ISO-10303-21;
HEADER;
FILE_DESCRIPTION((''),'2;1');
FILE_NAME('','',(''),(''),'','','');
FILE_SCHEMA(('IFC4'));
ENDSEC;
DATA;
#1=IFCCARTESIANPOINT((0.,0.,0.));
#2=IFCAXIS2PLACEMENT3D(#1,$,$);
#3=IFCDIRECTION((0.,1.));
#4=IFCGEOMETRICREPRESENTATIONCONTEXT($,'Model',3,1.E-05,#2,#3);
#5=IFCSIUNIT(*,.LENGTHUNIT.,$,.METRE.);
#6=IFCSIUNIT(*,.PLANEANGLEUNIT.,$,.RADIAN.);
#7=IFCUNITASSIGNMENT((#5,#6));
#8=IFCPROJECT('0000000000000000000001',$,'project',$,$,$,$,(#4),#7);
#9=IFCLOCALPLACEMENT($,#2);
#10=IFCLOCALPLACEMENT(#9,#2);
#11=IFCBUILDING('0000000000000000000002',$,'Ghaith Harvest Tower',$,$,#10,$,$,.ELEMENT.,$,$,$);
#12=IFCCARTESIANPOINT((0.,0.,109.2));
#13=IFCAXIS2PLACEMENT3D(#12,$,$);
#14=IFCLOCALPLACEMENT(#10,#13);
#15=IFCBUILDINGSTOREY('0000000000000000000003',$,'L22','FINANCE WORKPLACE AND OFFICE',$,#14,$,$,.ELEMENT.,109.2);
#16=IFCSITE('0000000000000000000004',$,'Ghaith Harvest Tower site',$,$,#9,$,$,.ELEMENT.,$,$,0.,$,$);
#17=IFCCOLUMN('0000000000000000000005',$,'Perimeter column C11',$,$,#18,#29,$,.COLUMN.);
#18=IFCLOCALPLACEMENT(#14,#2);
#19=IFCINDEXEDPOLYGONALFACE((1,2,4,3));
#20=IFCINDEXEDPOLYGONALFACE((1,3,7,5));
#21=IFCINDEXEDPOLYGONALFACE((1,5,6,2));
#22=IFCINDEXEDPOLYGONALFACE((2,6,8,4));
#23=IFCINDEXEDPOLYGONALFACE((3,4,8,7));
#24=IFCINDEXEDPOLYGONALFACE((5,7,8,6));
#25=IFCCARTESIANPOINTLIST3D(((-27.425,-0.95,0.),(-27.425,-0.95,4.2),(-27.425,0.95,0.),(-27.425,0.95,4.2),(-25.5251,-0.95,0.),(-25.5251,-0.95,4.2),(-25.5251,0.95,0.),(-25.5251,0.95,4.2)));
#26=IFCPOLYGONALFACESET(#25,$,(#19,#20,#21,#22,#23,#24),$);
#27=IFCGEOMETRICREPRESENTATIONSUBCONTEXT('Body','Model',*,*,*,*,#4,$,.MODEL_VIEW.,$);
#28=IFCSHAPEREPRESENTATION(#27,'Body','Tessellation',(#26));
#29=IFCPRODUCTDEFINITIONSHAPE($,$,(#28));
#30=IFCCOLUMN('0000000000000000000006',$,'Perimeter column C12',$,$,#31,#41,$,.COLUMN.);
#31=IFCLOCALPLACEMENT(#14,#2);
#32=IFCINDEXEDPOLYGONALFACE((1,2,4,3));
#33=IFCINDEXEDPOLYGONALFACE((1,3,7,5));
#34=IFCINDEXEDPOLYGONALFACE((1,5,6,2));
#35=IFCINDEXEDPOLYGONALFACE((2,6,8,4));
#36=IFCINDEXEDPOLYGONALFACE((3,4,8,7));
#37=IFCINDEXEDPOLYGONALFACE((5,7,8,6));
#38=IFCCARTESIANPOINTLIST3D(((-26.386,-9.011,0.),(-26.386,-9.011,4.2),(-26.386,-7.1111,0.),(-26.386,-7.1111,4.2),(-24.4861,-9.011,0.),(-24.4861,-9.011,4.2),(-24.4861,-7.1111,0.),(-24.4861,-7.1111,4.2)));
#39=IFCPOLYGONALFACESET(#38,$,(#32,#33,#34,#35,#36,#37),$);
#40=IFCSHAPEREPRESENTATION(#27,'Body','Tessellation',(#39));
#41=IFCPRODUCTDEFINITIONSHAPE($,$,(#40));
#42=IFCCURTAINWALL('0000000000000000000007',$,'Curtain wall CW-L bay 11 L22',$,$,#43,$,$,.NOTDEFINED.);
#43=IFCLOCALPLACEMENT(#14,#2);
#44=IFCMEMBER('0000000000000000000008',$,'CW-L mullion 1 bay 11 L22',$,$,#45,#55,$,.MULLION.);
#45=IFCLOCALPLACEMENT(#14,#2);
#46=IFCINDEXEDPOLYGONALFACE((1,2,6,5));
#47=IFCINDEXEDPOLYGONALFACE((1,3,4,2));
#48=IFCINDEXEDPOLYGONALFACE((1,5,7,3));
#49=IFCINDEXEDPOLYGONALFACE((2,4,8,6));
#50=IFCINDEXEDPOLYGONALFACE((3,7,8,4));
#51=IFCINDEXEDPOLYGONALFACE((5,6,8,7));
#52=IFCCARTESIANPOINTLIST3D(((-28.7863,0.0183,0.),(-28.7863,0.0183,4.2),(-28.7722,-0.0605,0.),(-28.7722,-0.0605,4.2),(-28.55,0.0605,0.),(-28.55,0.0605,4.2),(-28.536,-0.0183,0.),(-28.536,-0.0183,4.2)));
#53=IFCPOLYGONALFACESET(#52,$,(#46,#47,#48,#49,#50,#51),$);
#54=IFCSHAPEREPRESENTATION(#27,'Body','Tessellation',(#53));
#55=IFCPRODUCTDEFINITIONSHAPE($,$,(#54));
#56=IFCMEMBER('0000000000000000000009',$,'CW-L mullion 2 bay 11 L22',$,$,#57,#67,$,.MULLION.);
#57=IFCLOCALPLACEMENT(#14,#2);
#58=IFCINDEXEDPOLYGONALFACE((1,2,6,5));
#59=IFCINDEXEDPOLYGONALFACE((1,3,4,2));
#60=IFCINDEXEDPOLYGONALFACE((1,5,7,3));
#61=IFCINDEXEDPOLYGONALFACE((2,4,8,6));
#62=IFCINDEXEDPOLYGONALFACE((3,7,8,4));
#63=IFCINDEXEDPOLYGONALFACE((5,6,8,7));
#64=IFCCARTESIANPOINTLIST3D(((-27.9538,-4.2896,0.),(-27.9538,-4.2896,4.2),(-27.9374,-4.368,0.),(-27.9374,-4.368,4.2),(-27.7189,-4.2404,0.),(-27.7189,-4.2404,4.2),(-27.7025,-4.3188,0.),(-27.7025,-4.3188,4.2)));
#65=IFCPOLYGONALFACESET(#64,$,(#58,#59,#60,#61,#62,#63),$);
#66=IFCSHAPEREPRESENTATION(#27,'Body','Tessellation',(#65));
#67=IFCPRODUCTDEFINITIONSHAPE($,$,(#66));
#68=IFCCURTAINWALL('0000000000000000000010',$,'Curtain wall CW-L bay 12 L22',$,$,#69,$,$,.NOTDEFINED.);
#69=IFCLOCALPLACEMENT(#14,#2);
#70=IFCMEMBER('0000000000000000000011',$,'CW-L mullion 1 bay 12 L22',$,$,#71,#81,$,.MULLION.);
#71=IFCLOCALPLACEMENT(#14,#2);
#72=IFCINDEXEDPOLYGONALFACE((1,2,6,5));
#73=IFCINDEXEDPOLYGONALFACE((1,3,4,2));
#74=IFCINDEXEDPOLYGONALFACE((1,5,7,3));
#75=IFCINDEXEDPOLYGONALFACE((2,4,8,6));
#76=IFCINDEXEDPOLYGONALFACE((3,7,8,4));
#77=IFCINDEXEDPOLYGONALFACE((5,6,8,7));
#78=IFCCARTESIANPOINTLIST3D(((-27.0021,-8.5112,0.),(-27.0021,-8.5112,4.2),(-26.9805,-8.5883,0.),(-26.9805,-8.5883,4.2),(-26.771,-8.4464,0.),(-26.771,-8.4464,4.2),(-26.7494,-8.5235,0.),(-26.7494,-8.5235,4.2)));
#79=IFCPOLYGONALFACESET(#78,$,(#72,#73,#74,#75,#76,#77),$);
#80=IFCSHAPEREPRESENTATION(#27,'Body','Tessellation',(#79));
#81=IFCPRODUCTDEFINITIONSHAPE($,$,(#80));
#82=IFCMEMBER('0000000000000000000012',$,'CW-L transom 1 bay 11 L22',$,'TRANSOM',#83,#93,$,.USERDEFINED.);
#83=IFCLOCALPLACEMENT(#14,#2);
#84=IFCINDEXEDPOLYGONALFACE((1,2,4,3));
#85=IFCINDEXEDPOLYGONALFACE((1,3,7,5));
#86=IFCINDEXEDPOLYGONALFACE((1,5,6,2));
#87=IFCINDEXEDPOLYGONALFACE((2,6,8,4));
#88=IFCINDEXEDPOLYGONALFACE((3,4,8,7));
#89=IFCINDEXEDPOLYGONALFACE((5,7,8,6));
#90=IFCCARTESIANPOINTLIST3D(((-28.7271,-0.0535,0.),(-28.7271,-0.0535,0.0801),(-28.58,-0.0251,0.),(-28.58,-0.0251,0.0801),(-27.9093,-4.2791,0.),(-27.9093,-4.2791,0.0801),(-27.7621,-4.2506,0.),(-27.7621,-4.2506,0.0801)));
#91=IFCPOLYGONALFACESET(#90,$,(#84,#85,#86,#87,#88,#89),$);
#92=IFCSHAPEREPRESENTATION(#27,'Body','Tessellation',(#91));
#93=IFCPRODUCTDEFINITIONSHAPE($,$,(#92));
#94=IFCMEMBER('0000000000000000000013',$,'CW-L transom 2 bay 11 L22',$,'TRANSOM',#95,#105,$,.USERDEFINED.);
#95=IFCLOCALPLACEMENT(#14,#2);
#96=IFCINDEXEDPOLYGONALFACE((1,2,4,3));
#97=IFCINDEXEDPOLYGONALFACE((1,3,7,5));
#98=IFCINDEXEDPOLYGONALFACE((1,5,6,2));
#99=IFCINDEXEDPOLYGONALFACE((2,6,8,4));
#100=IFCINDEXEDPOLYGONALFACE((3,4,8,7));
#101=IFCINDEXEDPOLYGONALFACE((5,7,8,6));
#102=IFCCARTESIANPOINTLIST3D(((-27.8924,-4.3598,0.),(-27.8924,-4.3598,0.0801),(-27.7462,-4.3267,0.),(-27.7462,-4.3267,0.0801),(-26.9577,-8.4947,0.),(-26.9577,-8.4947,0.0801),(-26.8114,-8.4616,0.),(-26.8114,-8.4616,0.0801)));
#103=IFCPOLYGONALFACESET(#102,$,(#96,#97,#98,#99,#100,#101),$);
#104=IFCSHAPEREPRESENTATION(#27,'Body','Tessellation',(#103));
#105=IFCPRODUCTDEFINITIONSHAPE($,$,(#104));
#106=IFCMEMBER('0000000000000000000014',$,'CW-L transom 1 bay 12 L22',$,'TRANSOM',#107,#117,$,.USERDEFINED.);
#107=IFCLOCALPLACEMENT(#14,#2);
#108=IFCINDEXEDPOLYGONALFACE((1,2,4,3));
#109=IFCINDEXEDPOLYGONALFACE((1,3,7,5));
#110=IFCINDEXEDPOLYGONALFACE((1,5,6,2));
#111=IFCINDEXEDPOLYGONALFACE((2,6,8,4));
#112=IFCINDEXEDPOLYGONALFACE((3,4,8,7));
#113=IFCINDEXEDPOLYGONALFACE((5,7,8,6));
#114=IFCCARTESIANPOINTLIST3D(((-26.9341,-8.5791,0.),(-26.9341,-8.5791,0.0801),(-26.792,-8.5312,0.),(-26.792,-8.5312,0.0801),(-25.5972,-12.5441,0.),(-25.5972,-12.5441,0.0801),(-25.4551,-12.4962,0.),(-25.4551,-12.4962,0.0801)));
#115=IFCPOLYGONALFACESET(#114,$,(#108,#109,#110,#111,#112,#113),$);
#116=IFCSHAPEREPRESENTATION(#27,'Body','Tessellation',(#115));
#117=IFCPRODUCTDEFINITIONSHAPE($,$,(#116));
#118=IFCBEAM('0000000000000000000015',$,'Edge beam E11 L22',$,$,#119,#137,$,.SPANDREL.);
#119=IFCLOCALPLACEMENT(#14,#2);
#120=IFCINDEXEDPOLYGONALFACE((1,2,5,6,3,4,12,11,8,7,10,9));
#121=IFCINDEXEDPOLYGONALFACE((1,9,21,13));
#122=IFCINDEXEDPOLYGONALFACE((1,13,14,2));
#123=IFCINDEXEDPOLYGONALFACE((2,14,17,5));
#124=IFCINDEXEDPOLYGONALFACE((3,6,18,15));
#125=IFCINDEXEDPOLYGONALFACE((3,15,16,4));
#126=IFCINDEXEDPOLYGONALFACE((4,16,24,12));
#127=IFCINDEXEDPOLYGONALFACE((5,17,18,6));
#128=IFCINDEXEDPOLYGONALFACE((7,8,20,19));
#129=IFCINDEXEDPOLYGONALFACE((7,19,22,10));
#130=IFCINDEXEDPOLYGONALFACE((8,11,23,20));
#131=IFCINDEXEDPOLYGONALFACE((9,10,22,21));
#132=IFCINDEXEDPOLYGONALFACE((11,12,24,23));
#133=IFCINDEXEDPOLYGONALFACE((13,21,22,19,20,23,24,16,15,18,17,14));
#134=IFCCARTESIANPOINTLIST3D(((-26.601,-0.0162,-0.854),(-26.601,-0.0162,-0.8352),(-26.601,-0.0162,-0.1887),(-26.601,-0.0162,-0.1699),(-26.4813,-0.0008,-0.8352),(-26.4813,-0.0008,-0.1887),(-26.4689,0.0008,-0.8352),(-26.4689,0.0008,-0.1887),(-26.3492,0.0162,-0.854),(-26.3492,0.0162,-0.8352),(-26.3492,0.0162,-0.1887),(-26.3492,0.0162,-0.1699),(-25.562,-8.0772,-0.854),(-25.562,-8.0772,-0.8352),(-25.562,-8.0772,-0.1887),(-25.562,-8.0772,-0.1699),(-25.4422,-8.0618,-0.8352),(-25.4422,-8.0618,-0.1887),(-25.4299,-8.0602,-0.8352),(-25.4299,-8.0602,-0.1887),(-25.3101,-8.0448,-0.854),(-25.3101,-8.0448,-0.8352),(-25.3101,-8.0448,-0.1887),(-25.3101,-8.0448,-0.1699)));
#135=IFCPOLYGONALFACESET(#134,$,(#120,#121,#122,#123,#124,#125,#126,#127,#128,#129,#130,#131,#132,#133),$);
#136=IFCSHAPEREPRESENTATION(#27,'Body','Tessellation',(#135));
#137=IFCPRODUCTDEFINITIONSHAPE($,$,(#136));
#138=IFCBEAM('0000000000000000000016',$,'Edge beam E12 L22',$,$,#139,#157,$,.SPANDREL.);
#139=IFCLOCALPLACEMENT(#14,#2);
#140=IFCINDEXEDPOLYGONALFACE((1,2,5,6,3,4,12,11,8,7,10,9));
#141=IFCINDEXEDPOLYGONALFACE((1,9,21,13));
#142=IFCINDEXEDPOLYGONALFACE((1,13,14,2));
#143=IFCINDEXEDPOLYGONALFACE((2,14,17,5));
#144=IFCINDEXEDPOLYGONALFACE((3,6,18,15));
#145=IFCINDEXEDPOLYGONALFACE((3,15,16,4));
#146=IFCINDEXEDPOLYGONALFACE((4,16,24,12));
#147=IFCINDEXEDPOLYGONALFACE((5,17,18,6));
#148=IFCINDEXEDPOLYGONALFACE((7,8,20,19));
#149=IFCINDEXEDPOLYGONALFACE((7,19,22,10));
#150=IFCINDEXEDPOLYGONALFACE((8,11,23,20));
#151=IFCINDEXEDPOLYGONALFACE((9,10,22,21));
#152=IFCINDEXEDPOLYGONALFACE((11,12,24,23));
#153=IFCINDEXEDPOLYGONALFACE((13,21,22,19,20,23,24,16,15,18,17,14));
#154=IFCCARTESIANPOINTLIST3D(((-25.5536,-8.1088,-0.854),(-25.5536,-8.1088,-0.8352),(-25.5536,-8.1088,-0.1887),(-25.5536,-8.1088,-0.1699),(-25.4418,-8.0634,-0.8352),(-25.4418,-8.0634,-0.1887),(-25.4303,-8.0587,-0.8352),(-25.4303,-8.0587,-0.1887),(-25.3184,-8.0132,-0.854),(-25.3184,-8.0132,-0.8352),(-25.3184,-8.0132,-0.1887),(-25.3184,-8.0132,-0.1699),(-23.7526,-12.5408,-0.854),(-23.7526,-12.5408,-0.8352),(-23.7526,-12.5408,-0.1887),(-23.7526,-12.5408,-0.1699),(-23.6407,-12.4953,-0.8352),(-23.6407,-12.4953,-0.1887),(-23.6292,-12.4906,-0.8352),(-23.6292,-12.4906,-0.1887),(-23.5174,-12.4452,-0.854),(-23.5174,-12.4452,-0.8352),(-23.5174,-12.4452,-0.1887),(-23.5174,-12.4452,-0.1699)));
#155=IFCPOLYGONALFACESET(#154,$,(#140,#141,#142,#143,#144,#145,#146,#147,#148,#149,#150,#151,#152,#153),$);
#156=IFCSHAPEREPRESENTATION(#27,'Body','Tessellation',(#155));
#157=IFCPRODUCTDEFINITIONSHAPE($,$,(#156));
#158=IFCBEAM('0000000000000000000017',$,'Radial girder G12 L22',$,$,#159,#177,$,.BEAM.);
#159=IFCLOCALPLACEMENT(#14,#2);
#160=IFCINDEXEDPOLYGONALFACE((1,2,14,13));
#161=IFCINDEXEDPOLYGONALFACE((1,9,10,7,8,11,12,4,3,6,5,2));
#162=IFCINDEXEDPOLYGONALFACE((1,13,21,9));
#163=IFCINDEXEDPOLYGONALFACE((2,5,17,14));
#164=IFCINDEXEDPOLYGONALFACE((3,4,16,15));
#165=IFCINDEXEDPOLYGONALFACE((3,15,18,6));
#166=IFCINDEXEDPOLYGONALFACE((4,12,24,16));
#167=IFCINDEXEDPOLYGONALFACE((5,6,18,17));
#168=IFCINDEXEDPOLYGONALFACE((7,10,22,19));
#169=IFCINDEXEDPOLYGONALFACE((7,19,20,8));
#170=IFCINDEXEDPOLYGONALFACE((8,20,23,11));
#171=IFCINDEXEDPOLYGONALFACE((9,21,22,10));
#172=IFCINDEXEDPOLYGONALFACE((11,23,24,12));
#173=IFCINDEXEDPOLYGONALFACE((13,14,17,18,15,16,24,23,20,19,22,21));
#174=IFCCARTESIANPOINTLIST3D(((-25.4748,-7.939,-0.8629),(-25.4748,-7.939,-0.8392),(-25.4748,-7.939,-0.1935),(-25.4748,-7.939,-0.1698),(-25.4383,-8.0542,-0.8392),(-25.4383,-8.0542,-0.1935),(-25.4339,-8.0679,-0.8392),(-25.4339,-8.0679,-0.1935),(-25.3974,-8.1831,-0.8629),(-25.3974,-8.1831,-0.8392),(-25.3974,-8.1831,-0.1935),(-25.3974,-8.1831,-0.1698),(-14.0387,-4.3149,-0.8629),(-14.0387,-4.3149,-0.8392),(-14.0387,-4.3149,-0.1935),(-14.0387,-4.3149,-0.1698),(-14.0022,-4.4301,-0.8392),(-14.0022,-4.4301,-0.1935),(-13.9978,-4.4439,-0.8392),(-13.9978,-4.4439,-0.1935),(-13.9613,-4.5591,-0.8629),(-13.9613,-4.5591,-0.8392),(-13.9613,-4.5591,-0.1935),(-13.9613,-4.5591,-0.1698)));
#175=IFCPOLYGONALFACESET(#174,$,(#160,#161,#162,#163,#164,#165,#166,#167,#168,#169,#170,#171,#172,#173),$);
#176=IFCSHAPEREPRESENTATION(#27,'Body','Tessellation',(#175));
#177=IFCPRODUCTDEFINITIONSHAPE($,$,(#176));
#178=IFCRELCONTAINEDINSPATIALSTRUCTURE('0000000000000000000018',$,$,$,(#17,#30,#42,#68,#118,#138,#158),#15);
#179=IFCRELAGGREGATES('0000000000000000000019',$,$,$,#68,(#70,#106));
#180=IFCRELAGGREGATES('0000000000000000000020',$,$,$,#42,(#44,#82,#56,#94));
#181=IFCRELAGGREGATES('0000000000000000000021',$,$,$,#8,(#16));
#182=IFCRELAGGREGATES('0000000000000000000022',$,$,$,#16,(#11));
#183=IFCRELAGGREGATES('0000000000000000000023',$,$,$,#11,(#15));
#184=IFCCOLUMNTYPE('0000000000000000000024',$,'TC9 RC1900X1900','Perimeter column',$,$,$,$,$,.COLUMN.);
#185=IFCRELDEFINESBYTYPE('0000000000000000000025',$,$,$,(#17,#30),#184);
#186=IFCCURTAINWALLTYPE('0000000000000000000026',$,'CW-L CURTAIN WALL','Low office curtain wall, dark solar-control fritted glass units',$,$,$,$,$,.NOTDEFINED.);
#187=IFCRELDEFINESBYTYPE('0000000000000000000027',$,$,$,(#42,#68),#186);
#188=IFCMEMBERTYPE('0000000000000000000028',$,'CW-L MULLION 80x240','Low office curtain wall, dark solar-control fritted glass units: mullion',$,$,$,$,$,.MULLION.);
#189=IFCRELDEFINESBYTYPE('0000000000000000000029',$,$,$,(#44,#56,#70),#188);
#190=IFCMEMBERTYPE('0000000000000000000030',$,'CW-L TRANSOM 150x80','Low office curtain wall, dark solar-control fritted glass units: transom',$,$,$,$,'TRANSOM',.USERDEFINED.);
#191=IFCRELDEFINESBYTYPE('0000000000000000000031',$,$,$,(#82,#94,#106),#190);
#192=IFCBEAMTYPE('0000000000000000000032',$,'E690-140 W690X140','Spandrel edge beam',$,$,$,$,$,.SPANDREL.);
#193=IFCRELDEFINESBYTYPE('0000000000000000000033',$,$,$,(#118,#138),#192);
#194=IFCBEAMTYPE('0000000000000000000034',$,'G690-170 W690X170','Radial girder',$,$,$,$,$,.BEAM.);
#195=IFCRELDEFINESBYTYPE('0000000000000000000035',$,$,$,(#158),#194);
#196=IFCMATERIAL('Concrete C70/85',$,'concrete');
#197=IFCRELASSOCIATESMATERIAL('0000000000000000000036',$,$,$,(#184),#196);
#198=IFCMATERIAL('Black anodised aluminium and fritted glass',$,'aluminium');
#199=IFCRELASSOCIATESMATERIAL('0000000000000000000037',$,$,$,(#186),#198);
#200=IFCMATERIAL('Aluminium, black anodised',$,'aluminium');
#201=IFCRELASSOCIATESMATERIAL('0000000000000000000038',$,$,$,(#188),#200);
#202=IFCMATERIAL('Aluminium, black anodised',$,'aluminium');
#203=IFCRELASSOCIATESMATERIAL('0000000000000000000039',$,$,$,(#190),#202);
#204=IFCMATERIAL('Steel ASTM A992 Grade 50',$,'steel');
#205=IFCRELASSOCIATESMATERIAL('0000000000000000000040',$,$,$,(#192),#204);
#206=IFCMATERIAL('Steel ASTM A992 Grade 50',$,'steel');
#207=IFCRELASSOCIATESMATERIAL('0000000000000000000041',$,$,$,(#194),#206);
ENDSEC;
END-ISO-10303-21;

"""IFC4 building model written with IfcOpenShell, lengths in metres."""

from ifc_helpers import new_model, si_unit, direction, frame, origin, origin_2d, place, context, subcontext, project, spatial, rectangle, i_section, extrude, material, material_profile, profile_set, type_object, element, aggregate, save


model = new_model("IFC4")

# Units and contexts
model_context = context("Model", 3, precision=1e-05, world=origin(), true_north=direction((0.0, 1.0)))
body_context = subcontext(model_context, "Body", "Model", "MODEL_VIEW")
ifc_project = project(units=[si_unit("LENGTHUNIT", "METRE"), si_unit("PLANEANGLEUNIT", "RADIAN")], contexts=[model_context])

# Site, building, storey
site_placement = place(None, origin())
site = spatial("IfcSite", under=ifc_project, at=site_placement, Name="Ghaith Harvest Tower site", CompositionType="ELEMENT", RefElevation=0.0)
building_placement = place(site_placement, origin())
building = spatial("IfcBuilding", under=site, at=building_placement, Name="Ghaith Harvest Tower", CompositionType="ELEMENT")
storey_placement = place(building_placement, frame((0.0, 0.0, 109.2)))
storey = spatial("IfcBuildingStorey", under=building, at=storey_placement, Name="L22", Description="FINANCE WORKPLACE AND OFFICE", CompositionType="ELEMENT", Elevation=109.2)

# Columns
ifc_material_1 = material(Name="Concrete C70/85", Category="concrete")
ifc_material_profile_1 = material_profile(ifc_material_1, rectangle(XDim=1.8999, YDim=1.8999, at=origin_2d()), Name="RC1900X1900")
ifc_profile_set_1 = profile_set([ifc_material_profile_1], Name="Concrete C70/85")
column_type = type_object("IfcColumnType", Name="TC9 RC1900X1900", Description="Perimeter column", PredefinedType="COLUMN", material=ifc_profile_set_1)
for number, where, z_axis, x_axis, name in (
    (1, (-26.4751, 0.0, 0.0), (0.0, 0.0, 1.0), (1.0, 0.0, 0.0), "Perimeter column C11"),
    (2, (-25.436, -8.061, 0.0), (0.0, 0.0, 1.0), (1.0, 0.0, 0.0), "Perimeter column C12"),
):
    element("IfcColumn", number, at=place(storey_placement, frame(where, z_axis=z_axis, x_axis=x_axis)), inside=storey, type_object=column_type, Name=name, PredefinedType="COLUMN", context=body_context, shape_type="SweptSolid", body=[
        extrude(rectangle(XDim=1.8999, YDim=1.8999, at=origin_2d()), origin(), (0.0, 0.0, 1.0), 4.2),
    ])

# Curtain wall, members
ifc_material_2 = material(Name="Black anodised aluminium and fritted glass", Category="aluminium")
curtain_wall_type = type_object("IfcCurtainWallType", Name="CW-L CURTAIN WALL", Description="Low office curtain wall, dark solar-control fritted glass units", PredefinedType="NOTDEFINED", material=ifc_material_2)
curtain_wall_1_placement = place(storey_placement, origin())
curtain_wall_1 = element("IfcCurtainWall", 3, at=curtain_wall_1_placement, inside=storey, type_object=curtain_wall_type, Name="Curtain wall CW-L bay 11 L22", PredefinedType="NOTDEFINED")
ifc_material_3 = material(Name="Aluminium, black anodised", Category="aluminium")
ifc_material_profile_2 = material_profile(ifc_material_3, rectangle(XDim=0.0801, YDim=0.24, at=origin_2d()), Name="CW-L MULLION 80x240")
ifc_profile_set_2 = profile_set([ifc_material_profile_2], Name="Aluminium, black anodised")
member_type_1 = type_object("IfcMemberType", Name="CW-L MULLION 80x240", Description="Low office curtain wall, dark solar-control fritted glass units: mullion", PredefinedType="MULLION", material=ifc_profile_set_2)
member_1_placement = place(storey_placement, frame((-28.6611, 0.0, 0.0), z_axis=(0.0, 0.0, 1.0), x_axis=(0.175827, -0.984421, 0.0)))
member_1 = element("IfcMember", 4, at=member_1_placement, type_object=member_type_1, Name="CW-L mullion 1 bay 11 L22", PredefinedType="MULLION", context=body_context, shape_type="SweptSolid", body=[
    extrude(rectangle(XDim=0.0801, YDim=0.24, at=origin_2d()), origin(), (0.0, 0.0, 1.0), 4.2),
])
member_2_placement = place(storey_placement, frame((-27.8281, -4.3042, 0.0), z_axis=(0.0, 0.0, 1.0), x_axis=(0.205176, -0.978725, 0.0)))
member_2 = element("IfcMember", 5, at=member_2_placement, type_object=member_type_1, Name="CW-L mullion 2 bay 11 L22", PredefinedType="MULLION", context=body_context, shape_type="SweptSolid", body=[
    extrude(rectangle(XDim=0.0801, YDim=0.24, at=origin_2d()), origin(), (0.0, 0.0, 1.0), 4.2),
])

# Curtain wall, member
curtain_wall_2_placement = place(storey_placement, origin())
curtain_wall_2 = element("IfcCurtainWall", 6, at=curtain_wall_2_placement, inside=storey, type_object=curtain_wall_type, Name="Curtain wall CW-L bay 12 L22", PredefinedType="NOTDEFINED")
member_3_placement = place(storey_placement, frame((-26.8757, -8.5173, 0.0), z_axis=(0.0, 0.0, 1.0), x_axis=(0.270019, -0.962855, 0.0)))
member_3 = element("IfcMember", 7, at=member_3_placement, type_object=member_type_1, Name="CW-L mullion 1 bay 12 L22", PredefinedType="MULLION", context=body_context, shape_type="SweptSolid", body=[
    extrude(rectangle(XDim=0.0801, YDim=0.24, at=origin_2d()), origin(), (0.0, 0.0, 1.0), 4.2),
])

# Members
ifc_material_4 = material(Name="Aluminium, black anodised", Category="aluminium")
ifc_material_profile_3 = material_profile(ifc_material_4, rectangle(XDim=0.1499, YDim=0.0801, at=origin_2d()), Name="CW-L TRANSOM 150x80")
ifc_profile_set_3 = profile_set([ifc_material_profile_3], Name="Aluminium, black anodised")
member_type_2 = type_object("IfcMemberType", Name="CW-L TRANSOM 150x80", Description="Low office curtain wall, dark solar-control fritted glass units: transom", ElementType="TRANSOM", PredefinedType="USERDEFINED", material=ifc_profile_set_3)
member_4_placement = place(storey_placement, frame((-28.6536, -0.0393, 0.04), z_axis=(0.190025, -0.981779, 0.0), x_axis=(0.981779, 0.190025, 0.0)))
member_4 = element("IfcMember", 8, at=member_4_placement, type_object=member_type_2, Name="CW-L transom 1 bay 11 L22", ObjectType="TRANSOM", PredefinedType="USERDEFINED", context=body_context, shape_type="SweptSolid", body=[
    extrude(rectangle(XDim=0.1499, YDim=0.0801, at=origin_2d()), origin(), (0.0, 0.0, 1.0), 4.304),
])
member_5_placement = place(storey_placement, frame((-27.8193, -4.3433, 0.04), z_axis=(0.220508, -0.975385, 0.0), x_axis=(0.975385, 0.220508, 0.0)))
member_5 = element("IfcMember", 9, at=member_5_placement, type_object=member_type_2, Name="CW-L transom 2 bay 11 L22", ObjectType="TRANSOM", PredefinedType="USERDEFINED", context=body_context, shape_type="SweptSolid", body=[
    extrude(rectangle(XDim=0.1499, YDim=0.0801, at=origin_2d()), origin(), (0.0, 0.0, 1.0), 4.2393),
])
member_6_placement = place(storey_placement, frame((-26.863, -8.5552, 0.04), z_axis=(0.319499, -0.947587, 0.0), x_axis=(0.947587, 0.319499, 0.0)))
member_6 = element("IfcMember", 10, at=member_6_placement, type_object=member_type_2, Name="CW-L transom 1 bay 12 L22", ObjectType="TRANSOM", PredefinedType="USERDEFINED", context=body_context, shape_type="SweptSolid", body=[
    extrude(rectangle(XDim=0.1499, YDim=0.0801, at=origin_2d()), origin(), (0.0, 0.0, 1.0), 4.1843),
])
aggregate(curtain_wall_2, [member_3, member_6])

# Beams
ifc_material_5 = material(Name="Steel ASTM A992 Grade 50", Category="steel")
ifc_material_profile_4 = material_profile(ifc_material_5, i_section(OverallWidth=0.2539, OverallDepth=0.6841, WebThickness=0.0125, FlangeThickness=0.0188, at=origin_2d()), Name="W690X140")
ifc_profile_set_4 = profile_set([ifc_material_profile_4], Name="Steel ASTM A992 Grade 50")
beam_type_1 = type_object("IfcBeamType", Name="E690-140 W690X140", Description="Spandrel edge beam", PredefinedType="SPANDREL", material=ifc_profile_set_4)
beam_1_placement = place(storey_placement, frame((-26.4751, 0.0, -0.512), z_axis=(0.127842, -0.991795, 0.0), x_axis=(0.991795, 0.127842, 0.0)))
element("IfcBeam", 11, at=beam_1_placement, inside=storey, type_object=beam_type_1, Name="Edge beam E11 L22", PredefinedType="SPANDREL", context=body_context, shape_type="SweptSolid", body=[
    extrude(i_section(OverallWidth=0.2539, OverallDepth=0.6841, WebThickness=0.0125, FlangeThickness=0.0188, at=origin_2d()), origin(), (0.0, 0.0, 1.0), 8.1277),
])
beam_2_placement = place(storey_placement, frame((-25.436, -8.061, -0.512), z_axis=(0.37648, -0.926425, 0.0), x_axis=(0.926425, 0.37648, 0.0)))
element("IfcBeam", 12, at=beam_2_placement, inside=storey, type_object=beam_type_1, Name="Edge beam E12 L22", PredefinedType="SPANDREL", context=body_context, shape_type="SweptSolid", body=[
    extrude(i_section(OverallWidth=0.2539, OverallDepth=0.6841, WebThickness=0.0125, FlangeThickness=0.0188, at=origin_2d()), origin(), (0.0, 0.0, 1.0), 4.7839),
])
ifc_material_6 = material(Name="Steel ASTM A992 Grade 50", Category="steel")
ifc_material_profile_5 = material_profile(ifc_material_6, i_section(OverallWidth=0.2561, OverallDepth=0.6931, WebThickness=0.0144, FlangeThickness=0.0237, at=origin_2d()), Name="W690X170")
ifc_profile_set_5 = profile_set([ifc_material_profile_5], Name="Steel ASTM A992 Grade 50")
beam_type_2 = type_object("IfcBeamType", Name="G690-170 W690X170", Description="Radial girder", PredefinedType="BEAM", material=ifc_profile_set_5)
beam_3_placement = place(storey_placement, frame((-14.0, -4.437, -0.5164), z_axis=(-0.95328, -0.30209, 0.0), x_axis=(0.30209, -0.95328, 0.0)))
element("IfcBeam", 13, at=beam_3_placement, inside=storey, type_object=beam_type_2, Name="Radial girder G12 L22", PredefinedType="BEAM", context=body_context, shape_type="SweptSolid", body=[
    extrude(i_section(OverallWidth=0.2561, OverallDepth=0.6931, WebThickness=0.0144, FlangeThickness=0.0237, at=origin_2d()), origin(), (0.0, 0.0, 1.0), 11.9966),
])

aggregate(curtain_wall_1, [member_1, member_4, member_2, member_5])

save(model, "model.ifc")
